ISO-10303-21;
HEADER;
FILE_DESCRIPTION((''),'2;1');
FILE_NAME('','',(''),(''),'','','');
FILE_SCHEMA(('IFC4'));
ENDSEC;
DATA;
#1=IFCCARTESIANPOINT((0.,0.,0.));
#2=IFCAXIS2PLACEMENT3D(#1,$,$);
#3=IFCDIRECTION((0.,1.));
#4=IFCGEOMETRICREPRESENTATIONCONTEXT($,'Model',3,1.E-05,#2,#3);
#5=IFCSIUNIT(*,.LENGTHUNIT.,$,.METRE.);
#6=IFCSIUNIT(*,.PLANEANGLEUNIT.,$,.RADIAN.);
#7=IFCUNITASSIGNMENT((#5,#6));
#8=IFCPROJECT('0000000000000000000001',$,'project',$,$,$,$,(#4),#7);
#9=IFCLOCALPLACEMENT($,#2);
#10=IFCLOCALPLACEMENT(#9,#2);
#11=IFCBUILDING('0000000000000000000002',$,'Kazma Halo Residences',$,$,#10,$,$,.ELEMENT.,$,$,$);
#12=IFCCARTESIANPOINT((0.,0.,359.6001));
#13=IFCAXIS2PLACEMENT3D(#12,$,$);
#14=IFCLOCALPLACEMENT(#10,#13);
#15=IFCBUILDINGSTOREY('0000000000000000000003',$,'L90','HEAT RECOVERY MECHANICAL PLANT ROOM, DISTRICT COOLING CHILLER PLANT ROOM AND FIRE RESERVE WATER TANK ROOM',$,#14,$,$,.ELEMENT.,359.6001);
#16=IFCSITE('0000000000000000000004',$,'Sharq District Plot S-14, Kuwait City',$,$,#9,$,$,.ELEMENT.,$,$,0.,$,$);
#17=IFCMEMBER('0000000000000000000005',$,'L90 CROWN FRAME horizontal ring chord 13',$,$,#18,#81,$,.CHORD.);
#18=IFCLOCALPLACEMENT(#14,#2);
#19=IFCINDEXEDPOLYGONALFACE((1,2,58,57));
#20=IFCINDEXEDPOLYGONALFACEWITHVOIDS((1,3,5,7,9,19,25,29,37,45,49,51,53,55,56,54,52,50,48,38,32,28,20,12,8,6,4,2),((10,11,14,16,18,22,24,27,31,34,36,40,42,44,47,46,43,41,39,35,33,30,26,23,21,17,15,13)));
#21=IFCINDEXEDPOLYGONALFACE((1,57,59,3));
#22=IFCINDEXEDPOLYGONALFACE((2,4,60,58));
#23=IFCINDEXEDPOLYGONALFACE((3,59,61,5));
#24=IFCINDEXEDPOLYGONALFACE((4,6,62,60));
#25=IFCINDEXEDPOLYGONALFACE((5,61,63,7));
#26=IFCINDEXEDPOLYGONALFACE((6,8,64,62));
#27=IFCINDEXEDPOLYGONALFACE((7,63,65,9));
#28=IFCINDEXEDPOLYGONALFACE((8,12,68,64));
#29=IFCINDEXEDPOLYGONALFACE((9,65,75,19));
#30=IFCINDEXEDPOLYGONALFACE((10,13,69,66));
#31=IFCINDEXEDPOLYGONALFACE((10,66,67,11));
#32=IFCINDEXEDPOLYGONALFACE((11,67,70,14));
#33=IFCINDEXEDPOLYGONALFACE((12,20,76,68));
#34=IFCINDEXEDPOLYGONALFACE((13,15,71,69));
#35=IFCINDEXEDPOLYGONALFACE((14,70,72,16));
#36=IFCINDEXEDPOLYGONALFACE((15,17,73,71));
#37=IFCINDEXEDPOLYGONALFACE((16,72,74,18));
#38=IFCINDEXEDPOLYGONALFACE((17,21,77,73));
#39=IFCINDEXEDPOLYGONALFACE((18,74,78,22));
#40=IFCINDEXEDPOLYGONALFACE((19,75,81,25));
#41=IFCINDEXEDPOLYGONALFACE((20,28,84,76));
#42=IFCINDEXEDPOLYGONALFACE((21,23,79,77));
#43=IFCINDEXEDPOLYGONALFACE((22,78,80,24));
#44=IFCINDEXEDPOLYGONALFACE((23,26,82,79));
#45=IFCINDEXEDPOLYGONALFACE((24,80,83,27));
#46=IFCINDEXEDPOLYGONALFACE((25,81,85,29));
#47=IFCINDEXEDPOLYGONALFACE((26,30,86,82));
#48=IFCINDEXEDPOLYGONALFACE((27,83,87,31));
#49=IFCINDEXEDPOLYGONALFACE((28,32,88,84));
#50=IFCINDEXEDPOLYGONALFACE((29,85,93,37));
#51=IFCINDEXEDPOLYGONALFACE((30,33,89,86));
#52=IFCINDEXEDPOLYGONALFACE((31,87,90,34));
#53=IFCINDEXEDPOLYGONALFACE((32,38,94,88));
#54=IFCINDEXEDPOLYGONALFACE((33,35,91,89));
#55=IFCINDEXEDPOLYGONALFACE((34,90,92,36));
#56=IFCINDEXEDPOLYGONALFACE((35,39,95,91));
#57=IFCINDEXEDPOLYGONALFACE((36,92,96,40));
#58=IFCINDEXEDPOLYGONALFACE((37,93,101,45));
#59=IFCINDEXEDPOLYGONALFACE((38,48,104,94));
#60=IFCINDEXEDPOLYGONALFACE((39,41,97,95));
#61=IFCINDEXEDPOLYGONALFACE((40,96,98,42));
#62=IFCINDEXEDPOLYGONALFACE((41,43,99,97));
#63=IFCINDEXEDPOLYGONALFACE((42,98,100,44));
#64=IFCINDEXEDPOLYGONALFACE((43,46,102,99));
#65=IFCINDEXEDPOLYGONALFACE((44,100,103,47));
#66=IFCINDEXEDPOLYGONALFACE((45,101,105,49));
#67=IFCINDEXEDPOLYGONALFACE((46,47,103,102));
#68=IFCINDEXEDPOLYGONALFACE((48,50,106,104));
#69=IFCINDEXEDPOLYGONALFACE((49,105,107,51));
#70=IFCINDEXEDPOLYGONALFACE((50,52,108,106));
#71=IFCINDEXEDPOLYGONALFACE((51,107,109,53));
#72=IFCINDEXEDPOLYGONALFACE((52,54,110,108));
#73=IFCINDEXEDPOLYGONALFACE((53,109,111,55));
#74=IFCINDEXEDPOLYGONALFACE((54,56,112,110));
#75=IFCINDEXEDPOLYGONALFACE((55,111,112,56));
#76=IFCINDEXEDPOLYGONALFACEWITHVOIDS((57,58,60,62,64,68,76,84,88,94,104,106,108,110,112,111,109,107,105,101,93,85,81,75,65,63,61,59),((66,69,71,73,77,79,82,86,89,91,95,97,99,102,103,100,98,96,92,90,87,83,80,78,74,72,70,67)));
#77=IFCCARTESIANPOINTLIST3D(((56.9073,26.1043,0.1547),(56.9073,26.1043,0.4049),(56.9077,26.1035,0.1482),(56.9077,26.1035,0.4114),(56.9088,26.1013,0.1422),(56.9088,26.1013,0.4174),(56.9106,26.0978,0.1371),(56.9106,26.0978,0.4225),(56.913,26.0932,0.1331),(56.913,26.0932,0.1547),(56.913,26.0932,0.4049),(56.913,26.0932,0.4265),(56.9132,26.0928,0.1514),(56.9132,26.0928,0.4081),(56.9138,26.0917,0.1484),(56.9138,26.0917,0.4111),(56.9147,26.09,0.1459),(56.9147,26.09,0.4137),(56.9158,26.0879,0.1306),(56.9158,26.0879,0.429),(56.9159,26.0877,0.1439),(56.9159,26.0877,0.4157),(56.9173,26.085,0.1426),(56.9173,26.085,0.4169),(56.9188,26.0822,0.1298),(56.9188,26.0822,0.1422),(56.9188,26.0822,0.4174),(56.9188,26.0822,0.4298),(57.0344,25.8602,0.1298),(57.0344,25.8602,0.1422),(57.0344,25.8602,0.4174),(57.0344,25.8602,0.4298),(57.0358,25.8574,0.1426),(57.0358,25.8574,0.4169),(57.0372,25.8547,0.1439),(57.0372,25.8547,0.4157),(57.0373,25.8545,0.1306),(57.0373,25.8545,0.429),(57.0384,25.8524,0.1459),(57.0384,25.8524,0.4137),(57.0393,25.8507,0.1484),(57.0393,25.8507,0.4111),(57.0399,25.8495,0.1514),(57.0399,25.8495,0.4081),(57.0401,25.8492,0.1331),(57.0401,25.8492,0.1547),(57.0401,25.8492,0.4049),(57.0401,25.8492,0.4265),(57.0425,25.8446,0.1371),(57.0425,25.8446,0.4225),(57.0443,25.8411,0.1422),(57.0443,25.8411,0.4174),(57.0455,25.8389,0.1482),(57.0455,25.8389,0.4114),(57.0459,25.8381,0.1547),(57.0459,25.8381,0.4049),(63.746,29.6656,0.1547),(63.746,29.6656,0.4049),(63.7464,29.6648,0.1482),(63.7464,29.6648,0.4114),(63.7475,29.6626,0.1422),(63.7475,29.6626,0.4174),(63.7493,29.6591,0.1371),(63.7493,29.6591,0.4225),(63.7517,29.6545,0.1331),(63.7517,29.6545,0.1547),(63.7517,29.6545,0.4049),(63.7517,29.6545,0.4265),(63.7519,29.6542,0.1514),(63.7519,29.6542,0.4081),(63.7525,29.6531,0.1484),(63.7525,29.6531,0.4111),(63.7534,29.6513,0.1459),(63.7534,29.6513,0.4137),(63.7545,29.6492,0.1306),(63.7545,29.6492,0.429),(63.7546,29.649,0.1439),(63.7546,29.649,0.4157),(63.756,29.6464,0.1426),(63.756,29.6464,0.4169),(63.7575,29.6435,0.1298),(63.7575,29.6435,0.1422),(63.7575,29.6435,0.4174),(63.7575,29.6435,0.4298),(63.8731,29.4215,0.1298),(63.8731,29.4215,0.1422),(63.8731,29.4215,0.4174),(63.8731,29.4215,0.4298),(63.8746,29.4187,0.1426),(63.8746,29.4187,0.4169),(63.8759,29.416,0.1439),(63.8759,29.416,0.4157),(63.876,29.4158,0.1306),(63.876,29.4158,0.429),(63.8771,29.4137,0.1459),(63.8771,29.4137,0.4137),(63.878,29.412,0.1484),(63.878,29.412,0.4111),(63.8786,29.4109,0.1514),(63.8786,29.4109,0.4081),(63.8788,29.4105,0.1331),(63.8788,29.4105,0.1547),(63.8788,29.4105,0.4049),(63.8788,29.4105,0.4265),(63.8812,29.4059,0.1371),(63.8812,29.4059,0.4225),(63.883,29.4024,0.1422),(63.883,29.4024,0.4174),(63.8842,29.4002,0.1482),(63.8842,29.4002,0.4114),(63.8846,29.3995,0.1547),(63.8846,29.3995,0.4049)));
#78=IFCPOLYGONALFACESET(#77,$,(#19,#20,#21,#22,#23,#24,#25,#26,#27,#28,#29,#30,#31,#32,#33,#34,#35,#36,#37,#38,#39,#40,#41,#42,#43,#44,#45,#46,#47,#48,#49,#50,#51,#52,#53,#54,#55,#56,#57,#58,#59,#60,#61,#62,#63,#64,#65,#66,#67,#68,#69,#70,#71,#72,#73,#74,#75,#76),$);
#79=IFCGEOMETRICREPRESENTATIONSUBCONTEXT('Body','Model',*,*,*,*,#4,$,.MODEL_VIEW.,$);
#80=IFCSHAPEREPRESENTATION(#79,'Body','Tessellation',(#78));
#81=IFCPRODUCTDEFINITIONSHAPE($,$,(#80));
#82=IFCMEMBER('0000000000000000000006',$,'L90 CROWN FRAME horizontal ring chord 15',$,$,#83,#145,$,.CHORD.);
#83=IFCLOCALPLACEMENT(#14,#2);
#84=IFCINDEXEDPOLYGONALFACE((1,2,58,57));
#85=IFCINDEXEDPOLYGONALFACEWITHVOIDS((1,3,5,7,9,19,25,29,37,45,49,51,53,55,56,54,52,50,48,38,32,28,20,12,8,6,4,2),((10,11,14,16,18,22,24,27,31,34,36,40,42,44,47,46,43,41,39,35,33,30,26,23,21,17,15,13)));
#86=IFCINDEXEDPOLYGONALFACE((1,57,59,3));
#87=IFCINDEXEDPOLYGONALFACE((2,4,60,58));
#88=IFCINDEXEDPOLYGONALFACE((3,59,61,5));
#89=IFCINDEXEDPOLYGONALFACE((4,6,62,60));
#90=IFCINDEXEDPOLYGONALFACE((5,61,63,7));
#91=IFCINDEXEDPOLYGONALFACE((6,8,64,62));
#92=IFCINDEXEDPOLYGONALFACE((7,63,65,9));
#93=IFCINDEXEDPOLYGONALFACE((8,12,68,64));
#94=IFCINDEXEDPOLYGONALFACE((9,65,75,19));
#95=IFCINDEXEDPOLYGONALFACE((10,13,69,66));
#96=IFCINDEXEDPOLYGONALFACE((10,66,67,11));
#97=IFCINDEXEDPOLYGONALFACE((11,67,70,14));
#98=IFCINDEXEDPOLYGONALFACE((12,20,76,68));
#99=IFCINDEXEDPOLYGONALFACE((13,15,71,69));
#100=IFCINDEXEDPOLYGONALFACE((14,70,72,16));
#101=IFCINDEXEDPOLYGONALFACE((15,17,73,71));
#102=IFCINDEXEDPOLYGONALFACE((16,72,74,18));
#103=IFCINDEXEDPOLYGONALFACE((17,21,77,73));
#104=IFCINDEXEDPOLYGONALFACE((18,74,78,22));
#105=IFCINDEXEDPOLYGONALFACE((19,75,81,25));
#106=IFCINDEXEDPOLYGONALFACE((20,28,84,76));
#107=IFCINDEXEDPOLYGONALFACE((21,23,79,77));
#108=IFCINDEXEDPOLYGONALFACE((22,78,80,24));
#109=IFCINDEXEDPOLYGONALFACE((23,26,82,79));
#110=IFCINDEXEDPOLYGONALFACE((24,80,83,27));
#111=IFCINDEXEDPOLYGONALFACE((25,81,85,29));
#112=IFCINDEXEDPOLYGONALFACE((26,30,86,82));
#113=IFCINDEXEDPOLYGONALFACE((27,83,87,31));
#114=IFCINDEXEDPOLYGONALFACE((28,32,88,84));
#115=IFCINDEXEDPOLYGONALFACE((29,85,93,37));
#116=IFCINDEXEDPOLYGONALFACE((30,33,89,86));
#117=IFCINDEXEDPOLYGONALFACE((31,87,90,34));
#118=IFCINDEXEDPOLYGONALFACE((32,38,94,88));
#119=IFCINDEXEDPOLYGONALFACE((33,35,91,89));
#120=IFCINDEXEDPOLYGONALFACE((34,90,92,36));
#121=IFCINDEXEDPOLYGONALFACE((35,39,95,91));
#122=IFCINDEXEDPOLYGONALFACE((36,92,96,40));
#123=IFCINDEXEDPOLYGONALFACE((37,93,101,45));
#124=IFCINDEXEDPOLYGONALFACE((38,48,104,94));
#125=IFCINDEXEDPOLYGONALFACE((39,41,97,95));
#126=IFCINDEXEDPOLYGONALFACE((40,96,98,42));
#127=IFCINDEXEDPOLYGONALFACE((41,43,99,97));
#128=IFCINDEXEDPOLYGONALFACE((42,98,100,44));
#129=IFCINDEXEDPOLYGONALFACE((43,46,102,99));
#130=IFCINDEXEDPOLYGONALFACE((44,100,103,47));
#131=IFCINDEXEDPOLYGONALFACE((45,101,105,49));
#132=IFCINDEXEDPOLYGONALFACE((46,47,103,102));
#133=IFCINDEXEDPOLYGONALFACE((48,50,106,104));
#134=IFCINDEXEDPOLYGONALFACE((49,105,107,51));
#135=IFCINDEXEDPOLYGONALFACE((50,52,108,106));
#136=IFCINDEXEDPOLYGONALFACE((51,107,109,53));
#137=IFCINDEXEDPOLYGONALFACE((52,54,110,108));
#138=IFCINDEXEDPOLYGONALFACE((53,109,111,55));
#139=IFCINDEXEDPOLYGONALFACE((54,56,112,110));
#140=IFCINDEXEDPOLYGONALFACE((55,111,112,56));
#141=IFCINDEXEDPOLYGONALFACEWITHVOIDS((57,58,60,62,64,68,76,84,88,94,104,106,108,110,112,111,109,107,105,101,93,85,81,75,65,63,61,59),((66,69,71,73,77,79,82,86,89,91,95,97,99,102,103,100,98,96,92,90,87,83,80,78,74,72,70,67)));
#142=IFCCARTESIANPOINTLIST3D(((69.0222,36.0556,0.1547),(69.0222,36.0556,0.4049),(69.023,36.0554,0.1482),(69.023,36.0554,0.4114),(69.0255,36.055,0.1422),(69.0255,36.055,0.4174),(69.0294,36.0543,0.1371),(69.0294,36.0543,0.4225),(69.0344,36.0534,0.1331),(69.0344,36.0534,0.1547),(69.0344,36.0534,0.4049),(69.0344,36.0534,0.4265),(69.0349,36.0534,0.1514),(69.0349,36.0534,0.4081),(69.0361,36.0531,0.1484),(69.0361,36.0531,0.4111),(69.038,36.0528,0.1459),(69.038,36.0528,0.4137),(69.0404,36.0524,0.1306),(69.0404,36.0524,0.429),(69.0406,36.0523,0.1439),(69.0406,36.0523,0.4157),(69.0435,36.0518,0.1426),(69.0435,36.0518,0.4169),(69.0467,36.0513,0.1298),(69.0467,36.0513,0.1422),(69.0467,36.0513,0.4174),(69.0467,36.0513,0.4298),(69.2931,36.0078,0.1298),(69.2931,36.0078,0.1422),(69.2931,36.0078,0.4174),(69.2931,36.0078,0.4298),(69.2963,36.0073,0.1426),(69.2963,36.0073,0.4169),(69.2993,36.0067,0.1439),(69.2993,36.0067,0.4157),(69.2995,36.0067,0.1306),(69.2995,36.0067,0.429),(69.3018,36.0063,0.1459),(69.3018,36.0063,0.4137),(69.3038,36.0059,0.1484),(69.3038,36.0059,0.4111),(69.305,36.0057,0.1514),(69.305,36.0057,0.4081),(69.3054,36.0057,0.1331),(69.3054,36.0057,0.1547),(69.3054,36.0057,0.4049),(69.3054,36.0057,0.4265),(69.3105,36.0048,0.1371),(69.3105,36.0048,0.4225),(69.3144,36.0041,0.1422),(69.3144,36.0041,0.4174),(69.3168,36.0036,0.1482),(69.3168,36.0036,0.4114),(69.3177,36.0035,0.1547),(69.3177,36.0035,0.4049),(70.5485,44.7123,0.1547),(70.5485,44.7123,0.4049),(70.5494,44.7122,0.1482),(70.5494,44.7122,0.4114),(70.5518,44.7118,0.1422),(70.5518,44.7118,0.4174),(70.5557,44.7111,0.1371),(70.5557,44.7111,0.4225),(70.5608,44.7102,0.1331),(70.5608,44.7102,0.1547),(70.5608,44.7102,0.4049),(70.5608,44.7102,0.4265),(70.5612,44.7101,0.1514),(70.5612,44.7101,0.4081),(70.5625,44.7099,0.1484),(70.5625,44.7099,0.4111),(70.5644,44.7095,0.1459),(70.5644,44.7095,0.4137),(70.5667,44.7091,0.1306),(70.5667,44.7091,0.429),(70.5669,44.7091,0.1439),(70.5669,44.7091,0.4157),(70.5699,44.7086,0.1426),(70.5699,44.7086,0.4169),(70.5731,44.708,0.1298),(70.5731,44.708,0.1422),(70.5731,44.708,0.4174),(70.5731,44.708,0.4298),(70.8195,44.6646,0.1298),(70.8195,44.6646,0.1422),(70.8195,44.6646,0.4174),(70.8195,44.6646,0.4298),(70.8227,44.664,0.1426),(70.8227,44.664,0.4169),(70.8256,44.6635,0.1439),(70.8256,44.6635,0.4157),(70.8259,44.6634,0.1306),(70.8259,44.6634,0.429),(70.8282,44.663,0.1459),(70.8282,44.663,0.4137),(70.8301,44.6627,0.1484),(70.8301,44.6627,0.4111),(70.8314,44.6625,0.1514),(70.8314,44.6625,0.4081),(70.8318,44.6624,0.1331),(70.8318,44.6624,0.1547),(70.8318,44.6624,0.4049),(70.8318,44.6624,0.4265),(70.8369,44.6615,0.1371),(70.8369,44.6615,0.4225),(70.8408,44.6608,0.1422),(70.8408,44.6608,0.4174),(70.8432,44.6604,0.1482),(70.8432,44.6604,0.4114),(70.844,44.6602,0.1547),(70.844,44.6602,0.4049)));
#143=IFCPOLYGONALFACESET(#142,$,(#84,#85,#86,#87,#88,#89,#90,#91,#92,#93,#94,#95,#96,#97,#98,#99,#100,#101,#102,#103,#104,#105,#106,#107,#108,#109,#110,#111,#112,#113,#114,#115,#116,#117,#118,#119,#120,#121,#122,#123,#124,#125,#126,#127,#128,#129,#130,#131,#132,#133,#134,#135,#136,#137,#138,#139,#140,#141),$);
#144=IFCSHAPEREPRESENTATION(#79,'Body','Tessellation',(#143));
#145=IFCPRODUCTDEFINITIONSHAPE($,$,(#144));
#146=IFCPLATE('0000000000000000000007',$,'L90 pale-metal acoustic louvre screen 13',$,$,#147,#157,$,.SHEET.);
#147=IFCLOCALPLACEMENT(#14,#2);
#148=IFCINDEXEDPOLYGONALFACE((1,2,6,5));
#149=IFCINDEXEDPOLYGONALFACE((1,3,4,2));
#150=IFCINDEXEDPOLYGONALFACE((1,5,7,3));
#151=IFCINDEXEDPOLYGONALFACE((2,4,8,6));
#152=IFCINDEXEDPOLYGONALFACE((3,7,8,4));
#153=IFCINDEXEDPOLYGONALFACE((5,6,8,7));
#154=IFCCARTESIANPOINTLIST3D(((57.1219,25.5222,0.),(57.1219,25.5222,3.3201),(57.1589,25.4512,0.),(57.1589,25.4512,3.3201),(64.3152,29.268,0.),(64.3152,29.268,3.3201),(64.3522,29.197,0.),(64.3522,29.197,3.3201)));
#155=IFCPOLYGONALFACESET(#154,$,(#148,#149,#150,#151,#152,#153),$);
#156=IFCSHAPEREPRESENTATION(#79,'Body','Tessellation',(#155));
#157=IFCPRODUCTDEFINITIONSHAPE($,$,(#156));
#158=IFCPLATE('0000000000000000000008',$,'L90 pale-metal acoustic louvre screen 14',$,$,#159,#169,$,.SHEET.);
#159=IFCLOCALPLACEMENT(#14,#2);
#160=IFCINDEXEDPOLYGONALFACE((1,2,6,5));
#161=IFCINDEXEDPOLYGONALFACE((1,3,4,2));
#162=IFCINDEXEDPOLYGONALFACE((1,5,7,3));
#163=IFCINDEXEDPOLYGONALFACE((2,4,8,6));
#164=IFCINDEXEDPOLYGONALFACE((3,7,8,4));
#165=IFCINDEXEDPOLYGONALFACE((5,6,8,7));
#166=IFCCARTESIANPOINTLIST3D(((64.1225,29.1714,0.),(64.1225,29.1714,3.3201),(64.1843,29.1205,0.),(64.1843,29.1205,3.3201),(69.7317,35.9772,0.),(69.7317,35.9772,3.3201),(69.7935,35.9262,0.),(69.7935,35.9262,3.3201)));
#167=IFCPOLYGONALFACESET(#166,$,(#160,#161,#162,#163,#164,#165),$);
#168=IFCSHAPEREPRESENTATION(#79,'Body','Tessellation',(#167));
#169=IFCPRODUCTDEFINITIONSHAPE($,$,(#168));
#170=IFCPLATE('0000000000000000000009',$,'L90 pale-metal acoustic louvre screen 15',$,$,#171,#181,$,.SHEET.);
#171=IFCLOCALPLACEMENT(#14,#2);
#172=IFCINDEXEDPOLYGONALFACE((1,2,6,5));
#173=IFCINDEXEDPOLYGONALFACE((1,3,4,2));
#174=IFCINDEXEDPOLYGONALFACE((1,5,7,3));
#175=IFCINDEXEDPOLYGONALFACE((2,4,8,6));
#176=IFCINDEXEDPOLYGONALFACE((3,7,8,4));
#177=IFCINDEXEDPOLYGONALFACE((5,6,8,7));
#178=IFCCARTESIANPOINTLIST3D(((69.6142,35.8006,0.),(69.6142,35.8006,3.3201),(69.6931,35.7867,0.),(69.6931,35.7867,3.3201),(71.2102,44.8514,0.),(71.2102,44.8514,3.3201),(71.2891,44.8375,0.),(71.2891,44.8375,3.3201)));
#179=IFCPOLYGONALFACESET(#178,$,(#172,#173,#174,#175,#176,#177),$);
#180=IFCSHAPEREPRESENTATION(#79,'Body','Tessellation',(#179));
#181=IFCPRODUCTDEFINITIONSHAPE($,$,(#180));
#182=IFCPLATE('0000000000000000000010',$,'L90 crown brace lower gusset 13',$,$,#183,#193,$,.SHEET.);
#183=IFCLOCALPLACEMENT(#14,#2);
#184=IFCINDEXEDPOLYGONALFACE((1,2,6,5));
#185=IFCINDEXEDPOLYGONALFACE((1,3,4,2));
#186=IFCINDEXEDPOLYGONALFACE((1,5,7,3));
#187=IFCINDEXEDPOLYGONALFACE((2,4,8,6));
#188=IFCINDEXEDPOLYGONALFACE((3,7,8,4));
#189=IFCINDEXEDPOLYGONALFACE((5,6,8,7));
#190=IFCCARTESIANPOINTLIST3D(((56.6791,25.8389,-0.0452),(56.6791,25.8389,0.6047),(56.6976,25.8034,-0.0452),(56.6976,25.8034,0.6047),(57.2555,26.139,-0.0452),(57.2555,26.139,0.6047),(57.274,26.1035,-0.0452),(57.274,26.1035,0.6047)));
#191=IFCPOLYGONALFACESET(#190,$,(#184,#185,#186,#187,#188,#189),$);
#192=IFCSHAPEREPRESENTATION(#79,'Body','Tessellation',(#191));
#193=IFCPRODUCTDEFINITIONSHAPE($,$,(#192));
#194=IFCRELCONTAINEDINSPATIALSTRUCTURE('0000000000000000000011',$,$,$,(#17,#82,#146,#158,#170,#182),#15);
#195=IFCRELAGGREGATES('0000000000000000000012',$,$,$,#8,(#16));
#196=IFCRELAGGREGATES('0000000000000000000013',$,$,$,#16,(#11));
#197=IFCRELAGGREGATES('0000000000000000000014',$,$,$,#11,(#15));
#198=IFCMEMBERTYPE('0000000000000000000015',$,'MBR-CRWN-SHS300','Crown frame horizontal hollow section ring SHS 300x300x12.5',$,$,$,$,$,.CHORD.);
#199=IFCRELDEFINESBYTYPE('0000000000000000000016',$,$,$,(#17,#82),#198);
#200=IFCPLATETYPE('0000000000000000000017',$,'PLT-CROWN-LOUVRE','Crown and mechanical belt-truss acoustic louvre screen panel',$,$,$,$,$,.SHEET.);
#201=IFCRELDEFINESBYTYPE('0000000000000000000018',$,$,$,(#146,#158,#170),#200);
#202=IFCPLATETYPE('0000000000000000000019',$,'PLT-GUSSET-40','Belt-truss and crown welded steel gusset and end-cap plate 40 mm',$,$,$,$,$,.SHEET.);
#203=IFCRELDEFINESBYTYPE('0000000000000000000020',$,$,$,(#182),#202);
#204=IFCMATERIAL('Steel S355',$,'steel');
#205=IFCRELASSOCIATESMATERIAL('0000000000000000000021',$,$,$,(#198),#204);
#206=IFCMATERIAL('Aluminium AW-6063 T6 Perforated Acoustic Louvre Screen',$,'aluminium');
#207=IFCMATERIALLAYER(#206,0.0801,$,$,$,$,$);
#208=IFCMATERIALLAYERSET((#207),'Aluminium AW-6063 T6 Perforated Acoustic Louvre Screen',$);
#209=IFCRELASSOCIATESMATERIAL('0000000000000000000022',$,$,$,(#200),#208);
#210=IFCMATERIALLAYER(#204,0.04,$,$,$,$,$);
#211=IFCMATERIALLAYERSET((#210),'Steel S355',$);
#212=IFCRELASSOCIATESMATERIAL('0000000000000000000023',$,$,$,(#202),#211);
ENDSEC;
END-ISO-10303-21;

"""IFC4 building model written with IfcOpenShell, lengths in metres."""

from ifc_helpers import new_model, si_unit, direction, frame, origin, origin_2d, place, context, subcontext, project, spatial, rectangle, hollow_rectangle, extrude, material, layer, layer_set, material_profile, profile_set, type_object, element, save


model = new_model("IFC4")

# Units and contexts
model_context = context("Model", 3, precision=1e-05, world=origin(), true_north=direction((0.0, 1.0)))
body_context = subcontext(model_context, "Body", "Model", "MODEL_VIEW")
ifc_project = project(units=[si_unit("LENGTHUNIT", "METRE"), si_unit("PLANEANGLEUNIT", "RADIAN")], contexts=[model_context])

# Site, building, storey
site_placement = place(None, origin())
site = spatial("IfcSite", under=ifc_project, at=site_placement, Name="Sharq District Plot S-14, Kuwait City", CompositionType="ELEMENT", RefElevation=0.0)
building_placement = place(site_placement, origin())
building = spatial("IfcBuilding", under=site, at=building_placement, Name="Kazma Halo Residences", CompositionType="ELEMENT")
storey_placement = place(building_placement, frame((0.0, 0.0, 359.6001)))
storey = spatial("IfcBuildingStorey", under=building, at=storey_placement, Name="L90", Description="HEAT RECOVERY MECHANICAL PLANT ROOM, DISTRICT COOLING CHILLER PLANT ROOM AND FIRE RESERVE WATER TANK ROOM", CompositionType="ELEMENT", Elevation=359.6001)

# Shared definitions
ifc_material_1 = material(Name="Steel S355", Category="steel")

# Members
ifc_material_profile_1 = material_profile(ifc_material_1, hollow_rectangle(XDim=0.3, YDim=0.3, WallThickness=0.0125, InnerFilletRadius=0.0125, OuterFilletRadius=0.0249, at=origin_2d()), Name="SHS300x300x12.5")
ifc_profile_set_1 = profile_set([ifc_material_profile_1], Name="Steel S355")
member_type_1 = type_object("IfcMemberType", Name="MBR-CRWN-SHS300", Description="Crown frame horizontal hollow section ring SHS 300x300x12.5", PredefinedType="CHORD", material=ifc_profile_set_1)
member_1_placement = place(storey_placement, frame((56.9766, 25.9712, 0.2798), z_axis=(0.886941, 0.461883, 0.0), x_axis=(-0.461883, 0.886941, 0.0)))
element("IfcMember", 1, at=member_1_placement, inside=storey, type_object=member_type_1, Name="L90 CROWN FRAME horizontal ring chord 13", PredefinedType="CHORD", context=body_context, shape_type="SweptSolid", body=[
    extrude(hollow_rectangle(XDim=0.3, YDim=0.3, WallThickness=0.0125, InnerFilletRadius=0.0125, OuterFilletRadius=0.0249, at=origin_2d()), origin(), (0.0, 0.0, 1.0), 7.7104),
])
member_2_placement = place(storey_placement, frame((69.1699, 36.0295, 0.2798), z_axis=(0.173643, 0.984809, 0.0), x_axis=(-0.984809, 0.173643, 0.0)))
element("IfcMember", 2, at=member_2_placement, inside=storey, type_object=member_type_1, Name="L90 CROWN FRAME horizontal ring chord 15", PredefinedType="CHORD", context=body_context, shape_type="SweptSolid", body=[
    extrude(hollow_rectangle(XDim=0.3, YDim=0.3, WallThickness=0.0125, InnerFilletRadius=0.0125, OuterFilletRadius=0.0249, at=origin_2d()), origin(), (0.0, 0.0, 1.0), 8.7903),
])

# Plates
ifc_material_2 = material(Name="Aluminium AW-6063 T6 Perforated Acoustic Louvre Screen", Category="aluminium")
ifc_layer_1 = layer(ifc_material_2, 0.0801)
ifc_layer_set_1 = layer_set([ifc_layer_1], Name="Aluminium AW-6063 T6 Perforated Acoustic Louvre Screen")
plate_type_1 = type_object("IfcPlateType", Name="PLT-CROWN-LOUVRE", Description="Crown and mechanical belt-truss acoustic louvre screen panel", PredefinedType="SHEET", material=ifc_layer_set_1)
plate_1_placement = place(storey_placement, frame((60.7371, 27.3596, 0.0), z_axis=(0.0, 0.0, 1.0), x_axis=(0.88695, 0.461866, 0.0)))
element("IfcPlate", 3, at=plate_1_placement, inside=storey, type_object=plate_type_1, Name="L90 pale-metal acoustic louvre screen 13", PredefinedType="SHEET", context=body_context, shape_type="SweptSolid", body=[
    extrude(rectangle(XDim=8.1101, YDim=0.0801, at=origin_2d()), origin(), (0.0, 0.0, 1.0), 3.3201),
])
plate_2_placement = place(storey_placement, frame((66.958, 32.5488, 0.0), z_axis=(0.0, 0.0, 1.0), x_axis=(0.636008, 0.771683, 0.0)))
element("IfcPlate", 4, at=plate_2_placement, inside=storey, type_object=plate_type_1, Name="L90 pale-metal acoustic louvre screen 14", PredefinedType="SHEET", context=body_context, shape_type="SweptSolid", body=[
    extrude(rectangle(XDim=8.8193, YDim=0.0801, at=origin_2d()), origin(), (0.0, 0.0, 1.0), 3.3201),
])
plate_3_placement = place(storey_placement, frame((70.4517, 40.3191, 0.0), z_axis=(0.0, 0.0, 1.0), x_axis=(0.173656, 0.984806, 0.0)))
element("IfcPlate", 5, at=plate_3_placement, inside=storey, type_object=plate_type_1, Name="L90 pale-metal acoustic louvre screen 15", PredefinedType="SHEET", context=body_context, shape_type="SweptSolid", body=[
    extrude(rectangle(XDim=9.1904, YDim=0.0801, at=origin_2d()), origin(), (0.0, 0.0, 1.0), 3.3201),
])
ifc_layer_2 = layer(ifc_material_1, 0.04)
ifc_layer_set_2 = layer_set([ifc_layer_2], Name="Steel S355")
plate_type_2 = type_object("IfcPlateType", Name="PLT-GUSSET-40", Description="Belt-truss and crown welded steel gusset and end-cap plate 40 mm", PredefinedType="SHEET", material=ifc_layer_set_2)
for number, where, z_axis, x_axis, name in (
    (6, (56.9766, 25.9712, -0.0452), (0.0, 0.0, 1.0), (0.88695, 0.461866, 0.0), "L90 crown brace lower gusset 13"),
):
    element("IfcPlate", number, at=place(storey_placement, frame(where, z_axis=z_axis, x_axis=x_axis)), inside=storey, type_object=plate_type_2, Name=name, PredefinedType="SHEET", context=body_context, shape_type="SweptSolid", body=[
        extrude(rectangle(XDim=0.6499, YDim=0.04, at=origin_2d()), origin(), (0.0, 0.0, 1.0), 0.6499),
    ])

save(model, "model.ifc")
